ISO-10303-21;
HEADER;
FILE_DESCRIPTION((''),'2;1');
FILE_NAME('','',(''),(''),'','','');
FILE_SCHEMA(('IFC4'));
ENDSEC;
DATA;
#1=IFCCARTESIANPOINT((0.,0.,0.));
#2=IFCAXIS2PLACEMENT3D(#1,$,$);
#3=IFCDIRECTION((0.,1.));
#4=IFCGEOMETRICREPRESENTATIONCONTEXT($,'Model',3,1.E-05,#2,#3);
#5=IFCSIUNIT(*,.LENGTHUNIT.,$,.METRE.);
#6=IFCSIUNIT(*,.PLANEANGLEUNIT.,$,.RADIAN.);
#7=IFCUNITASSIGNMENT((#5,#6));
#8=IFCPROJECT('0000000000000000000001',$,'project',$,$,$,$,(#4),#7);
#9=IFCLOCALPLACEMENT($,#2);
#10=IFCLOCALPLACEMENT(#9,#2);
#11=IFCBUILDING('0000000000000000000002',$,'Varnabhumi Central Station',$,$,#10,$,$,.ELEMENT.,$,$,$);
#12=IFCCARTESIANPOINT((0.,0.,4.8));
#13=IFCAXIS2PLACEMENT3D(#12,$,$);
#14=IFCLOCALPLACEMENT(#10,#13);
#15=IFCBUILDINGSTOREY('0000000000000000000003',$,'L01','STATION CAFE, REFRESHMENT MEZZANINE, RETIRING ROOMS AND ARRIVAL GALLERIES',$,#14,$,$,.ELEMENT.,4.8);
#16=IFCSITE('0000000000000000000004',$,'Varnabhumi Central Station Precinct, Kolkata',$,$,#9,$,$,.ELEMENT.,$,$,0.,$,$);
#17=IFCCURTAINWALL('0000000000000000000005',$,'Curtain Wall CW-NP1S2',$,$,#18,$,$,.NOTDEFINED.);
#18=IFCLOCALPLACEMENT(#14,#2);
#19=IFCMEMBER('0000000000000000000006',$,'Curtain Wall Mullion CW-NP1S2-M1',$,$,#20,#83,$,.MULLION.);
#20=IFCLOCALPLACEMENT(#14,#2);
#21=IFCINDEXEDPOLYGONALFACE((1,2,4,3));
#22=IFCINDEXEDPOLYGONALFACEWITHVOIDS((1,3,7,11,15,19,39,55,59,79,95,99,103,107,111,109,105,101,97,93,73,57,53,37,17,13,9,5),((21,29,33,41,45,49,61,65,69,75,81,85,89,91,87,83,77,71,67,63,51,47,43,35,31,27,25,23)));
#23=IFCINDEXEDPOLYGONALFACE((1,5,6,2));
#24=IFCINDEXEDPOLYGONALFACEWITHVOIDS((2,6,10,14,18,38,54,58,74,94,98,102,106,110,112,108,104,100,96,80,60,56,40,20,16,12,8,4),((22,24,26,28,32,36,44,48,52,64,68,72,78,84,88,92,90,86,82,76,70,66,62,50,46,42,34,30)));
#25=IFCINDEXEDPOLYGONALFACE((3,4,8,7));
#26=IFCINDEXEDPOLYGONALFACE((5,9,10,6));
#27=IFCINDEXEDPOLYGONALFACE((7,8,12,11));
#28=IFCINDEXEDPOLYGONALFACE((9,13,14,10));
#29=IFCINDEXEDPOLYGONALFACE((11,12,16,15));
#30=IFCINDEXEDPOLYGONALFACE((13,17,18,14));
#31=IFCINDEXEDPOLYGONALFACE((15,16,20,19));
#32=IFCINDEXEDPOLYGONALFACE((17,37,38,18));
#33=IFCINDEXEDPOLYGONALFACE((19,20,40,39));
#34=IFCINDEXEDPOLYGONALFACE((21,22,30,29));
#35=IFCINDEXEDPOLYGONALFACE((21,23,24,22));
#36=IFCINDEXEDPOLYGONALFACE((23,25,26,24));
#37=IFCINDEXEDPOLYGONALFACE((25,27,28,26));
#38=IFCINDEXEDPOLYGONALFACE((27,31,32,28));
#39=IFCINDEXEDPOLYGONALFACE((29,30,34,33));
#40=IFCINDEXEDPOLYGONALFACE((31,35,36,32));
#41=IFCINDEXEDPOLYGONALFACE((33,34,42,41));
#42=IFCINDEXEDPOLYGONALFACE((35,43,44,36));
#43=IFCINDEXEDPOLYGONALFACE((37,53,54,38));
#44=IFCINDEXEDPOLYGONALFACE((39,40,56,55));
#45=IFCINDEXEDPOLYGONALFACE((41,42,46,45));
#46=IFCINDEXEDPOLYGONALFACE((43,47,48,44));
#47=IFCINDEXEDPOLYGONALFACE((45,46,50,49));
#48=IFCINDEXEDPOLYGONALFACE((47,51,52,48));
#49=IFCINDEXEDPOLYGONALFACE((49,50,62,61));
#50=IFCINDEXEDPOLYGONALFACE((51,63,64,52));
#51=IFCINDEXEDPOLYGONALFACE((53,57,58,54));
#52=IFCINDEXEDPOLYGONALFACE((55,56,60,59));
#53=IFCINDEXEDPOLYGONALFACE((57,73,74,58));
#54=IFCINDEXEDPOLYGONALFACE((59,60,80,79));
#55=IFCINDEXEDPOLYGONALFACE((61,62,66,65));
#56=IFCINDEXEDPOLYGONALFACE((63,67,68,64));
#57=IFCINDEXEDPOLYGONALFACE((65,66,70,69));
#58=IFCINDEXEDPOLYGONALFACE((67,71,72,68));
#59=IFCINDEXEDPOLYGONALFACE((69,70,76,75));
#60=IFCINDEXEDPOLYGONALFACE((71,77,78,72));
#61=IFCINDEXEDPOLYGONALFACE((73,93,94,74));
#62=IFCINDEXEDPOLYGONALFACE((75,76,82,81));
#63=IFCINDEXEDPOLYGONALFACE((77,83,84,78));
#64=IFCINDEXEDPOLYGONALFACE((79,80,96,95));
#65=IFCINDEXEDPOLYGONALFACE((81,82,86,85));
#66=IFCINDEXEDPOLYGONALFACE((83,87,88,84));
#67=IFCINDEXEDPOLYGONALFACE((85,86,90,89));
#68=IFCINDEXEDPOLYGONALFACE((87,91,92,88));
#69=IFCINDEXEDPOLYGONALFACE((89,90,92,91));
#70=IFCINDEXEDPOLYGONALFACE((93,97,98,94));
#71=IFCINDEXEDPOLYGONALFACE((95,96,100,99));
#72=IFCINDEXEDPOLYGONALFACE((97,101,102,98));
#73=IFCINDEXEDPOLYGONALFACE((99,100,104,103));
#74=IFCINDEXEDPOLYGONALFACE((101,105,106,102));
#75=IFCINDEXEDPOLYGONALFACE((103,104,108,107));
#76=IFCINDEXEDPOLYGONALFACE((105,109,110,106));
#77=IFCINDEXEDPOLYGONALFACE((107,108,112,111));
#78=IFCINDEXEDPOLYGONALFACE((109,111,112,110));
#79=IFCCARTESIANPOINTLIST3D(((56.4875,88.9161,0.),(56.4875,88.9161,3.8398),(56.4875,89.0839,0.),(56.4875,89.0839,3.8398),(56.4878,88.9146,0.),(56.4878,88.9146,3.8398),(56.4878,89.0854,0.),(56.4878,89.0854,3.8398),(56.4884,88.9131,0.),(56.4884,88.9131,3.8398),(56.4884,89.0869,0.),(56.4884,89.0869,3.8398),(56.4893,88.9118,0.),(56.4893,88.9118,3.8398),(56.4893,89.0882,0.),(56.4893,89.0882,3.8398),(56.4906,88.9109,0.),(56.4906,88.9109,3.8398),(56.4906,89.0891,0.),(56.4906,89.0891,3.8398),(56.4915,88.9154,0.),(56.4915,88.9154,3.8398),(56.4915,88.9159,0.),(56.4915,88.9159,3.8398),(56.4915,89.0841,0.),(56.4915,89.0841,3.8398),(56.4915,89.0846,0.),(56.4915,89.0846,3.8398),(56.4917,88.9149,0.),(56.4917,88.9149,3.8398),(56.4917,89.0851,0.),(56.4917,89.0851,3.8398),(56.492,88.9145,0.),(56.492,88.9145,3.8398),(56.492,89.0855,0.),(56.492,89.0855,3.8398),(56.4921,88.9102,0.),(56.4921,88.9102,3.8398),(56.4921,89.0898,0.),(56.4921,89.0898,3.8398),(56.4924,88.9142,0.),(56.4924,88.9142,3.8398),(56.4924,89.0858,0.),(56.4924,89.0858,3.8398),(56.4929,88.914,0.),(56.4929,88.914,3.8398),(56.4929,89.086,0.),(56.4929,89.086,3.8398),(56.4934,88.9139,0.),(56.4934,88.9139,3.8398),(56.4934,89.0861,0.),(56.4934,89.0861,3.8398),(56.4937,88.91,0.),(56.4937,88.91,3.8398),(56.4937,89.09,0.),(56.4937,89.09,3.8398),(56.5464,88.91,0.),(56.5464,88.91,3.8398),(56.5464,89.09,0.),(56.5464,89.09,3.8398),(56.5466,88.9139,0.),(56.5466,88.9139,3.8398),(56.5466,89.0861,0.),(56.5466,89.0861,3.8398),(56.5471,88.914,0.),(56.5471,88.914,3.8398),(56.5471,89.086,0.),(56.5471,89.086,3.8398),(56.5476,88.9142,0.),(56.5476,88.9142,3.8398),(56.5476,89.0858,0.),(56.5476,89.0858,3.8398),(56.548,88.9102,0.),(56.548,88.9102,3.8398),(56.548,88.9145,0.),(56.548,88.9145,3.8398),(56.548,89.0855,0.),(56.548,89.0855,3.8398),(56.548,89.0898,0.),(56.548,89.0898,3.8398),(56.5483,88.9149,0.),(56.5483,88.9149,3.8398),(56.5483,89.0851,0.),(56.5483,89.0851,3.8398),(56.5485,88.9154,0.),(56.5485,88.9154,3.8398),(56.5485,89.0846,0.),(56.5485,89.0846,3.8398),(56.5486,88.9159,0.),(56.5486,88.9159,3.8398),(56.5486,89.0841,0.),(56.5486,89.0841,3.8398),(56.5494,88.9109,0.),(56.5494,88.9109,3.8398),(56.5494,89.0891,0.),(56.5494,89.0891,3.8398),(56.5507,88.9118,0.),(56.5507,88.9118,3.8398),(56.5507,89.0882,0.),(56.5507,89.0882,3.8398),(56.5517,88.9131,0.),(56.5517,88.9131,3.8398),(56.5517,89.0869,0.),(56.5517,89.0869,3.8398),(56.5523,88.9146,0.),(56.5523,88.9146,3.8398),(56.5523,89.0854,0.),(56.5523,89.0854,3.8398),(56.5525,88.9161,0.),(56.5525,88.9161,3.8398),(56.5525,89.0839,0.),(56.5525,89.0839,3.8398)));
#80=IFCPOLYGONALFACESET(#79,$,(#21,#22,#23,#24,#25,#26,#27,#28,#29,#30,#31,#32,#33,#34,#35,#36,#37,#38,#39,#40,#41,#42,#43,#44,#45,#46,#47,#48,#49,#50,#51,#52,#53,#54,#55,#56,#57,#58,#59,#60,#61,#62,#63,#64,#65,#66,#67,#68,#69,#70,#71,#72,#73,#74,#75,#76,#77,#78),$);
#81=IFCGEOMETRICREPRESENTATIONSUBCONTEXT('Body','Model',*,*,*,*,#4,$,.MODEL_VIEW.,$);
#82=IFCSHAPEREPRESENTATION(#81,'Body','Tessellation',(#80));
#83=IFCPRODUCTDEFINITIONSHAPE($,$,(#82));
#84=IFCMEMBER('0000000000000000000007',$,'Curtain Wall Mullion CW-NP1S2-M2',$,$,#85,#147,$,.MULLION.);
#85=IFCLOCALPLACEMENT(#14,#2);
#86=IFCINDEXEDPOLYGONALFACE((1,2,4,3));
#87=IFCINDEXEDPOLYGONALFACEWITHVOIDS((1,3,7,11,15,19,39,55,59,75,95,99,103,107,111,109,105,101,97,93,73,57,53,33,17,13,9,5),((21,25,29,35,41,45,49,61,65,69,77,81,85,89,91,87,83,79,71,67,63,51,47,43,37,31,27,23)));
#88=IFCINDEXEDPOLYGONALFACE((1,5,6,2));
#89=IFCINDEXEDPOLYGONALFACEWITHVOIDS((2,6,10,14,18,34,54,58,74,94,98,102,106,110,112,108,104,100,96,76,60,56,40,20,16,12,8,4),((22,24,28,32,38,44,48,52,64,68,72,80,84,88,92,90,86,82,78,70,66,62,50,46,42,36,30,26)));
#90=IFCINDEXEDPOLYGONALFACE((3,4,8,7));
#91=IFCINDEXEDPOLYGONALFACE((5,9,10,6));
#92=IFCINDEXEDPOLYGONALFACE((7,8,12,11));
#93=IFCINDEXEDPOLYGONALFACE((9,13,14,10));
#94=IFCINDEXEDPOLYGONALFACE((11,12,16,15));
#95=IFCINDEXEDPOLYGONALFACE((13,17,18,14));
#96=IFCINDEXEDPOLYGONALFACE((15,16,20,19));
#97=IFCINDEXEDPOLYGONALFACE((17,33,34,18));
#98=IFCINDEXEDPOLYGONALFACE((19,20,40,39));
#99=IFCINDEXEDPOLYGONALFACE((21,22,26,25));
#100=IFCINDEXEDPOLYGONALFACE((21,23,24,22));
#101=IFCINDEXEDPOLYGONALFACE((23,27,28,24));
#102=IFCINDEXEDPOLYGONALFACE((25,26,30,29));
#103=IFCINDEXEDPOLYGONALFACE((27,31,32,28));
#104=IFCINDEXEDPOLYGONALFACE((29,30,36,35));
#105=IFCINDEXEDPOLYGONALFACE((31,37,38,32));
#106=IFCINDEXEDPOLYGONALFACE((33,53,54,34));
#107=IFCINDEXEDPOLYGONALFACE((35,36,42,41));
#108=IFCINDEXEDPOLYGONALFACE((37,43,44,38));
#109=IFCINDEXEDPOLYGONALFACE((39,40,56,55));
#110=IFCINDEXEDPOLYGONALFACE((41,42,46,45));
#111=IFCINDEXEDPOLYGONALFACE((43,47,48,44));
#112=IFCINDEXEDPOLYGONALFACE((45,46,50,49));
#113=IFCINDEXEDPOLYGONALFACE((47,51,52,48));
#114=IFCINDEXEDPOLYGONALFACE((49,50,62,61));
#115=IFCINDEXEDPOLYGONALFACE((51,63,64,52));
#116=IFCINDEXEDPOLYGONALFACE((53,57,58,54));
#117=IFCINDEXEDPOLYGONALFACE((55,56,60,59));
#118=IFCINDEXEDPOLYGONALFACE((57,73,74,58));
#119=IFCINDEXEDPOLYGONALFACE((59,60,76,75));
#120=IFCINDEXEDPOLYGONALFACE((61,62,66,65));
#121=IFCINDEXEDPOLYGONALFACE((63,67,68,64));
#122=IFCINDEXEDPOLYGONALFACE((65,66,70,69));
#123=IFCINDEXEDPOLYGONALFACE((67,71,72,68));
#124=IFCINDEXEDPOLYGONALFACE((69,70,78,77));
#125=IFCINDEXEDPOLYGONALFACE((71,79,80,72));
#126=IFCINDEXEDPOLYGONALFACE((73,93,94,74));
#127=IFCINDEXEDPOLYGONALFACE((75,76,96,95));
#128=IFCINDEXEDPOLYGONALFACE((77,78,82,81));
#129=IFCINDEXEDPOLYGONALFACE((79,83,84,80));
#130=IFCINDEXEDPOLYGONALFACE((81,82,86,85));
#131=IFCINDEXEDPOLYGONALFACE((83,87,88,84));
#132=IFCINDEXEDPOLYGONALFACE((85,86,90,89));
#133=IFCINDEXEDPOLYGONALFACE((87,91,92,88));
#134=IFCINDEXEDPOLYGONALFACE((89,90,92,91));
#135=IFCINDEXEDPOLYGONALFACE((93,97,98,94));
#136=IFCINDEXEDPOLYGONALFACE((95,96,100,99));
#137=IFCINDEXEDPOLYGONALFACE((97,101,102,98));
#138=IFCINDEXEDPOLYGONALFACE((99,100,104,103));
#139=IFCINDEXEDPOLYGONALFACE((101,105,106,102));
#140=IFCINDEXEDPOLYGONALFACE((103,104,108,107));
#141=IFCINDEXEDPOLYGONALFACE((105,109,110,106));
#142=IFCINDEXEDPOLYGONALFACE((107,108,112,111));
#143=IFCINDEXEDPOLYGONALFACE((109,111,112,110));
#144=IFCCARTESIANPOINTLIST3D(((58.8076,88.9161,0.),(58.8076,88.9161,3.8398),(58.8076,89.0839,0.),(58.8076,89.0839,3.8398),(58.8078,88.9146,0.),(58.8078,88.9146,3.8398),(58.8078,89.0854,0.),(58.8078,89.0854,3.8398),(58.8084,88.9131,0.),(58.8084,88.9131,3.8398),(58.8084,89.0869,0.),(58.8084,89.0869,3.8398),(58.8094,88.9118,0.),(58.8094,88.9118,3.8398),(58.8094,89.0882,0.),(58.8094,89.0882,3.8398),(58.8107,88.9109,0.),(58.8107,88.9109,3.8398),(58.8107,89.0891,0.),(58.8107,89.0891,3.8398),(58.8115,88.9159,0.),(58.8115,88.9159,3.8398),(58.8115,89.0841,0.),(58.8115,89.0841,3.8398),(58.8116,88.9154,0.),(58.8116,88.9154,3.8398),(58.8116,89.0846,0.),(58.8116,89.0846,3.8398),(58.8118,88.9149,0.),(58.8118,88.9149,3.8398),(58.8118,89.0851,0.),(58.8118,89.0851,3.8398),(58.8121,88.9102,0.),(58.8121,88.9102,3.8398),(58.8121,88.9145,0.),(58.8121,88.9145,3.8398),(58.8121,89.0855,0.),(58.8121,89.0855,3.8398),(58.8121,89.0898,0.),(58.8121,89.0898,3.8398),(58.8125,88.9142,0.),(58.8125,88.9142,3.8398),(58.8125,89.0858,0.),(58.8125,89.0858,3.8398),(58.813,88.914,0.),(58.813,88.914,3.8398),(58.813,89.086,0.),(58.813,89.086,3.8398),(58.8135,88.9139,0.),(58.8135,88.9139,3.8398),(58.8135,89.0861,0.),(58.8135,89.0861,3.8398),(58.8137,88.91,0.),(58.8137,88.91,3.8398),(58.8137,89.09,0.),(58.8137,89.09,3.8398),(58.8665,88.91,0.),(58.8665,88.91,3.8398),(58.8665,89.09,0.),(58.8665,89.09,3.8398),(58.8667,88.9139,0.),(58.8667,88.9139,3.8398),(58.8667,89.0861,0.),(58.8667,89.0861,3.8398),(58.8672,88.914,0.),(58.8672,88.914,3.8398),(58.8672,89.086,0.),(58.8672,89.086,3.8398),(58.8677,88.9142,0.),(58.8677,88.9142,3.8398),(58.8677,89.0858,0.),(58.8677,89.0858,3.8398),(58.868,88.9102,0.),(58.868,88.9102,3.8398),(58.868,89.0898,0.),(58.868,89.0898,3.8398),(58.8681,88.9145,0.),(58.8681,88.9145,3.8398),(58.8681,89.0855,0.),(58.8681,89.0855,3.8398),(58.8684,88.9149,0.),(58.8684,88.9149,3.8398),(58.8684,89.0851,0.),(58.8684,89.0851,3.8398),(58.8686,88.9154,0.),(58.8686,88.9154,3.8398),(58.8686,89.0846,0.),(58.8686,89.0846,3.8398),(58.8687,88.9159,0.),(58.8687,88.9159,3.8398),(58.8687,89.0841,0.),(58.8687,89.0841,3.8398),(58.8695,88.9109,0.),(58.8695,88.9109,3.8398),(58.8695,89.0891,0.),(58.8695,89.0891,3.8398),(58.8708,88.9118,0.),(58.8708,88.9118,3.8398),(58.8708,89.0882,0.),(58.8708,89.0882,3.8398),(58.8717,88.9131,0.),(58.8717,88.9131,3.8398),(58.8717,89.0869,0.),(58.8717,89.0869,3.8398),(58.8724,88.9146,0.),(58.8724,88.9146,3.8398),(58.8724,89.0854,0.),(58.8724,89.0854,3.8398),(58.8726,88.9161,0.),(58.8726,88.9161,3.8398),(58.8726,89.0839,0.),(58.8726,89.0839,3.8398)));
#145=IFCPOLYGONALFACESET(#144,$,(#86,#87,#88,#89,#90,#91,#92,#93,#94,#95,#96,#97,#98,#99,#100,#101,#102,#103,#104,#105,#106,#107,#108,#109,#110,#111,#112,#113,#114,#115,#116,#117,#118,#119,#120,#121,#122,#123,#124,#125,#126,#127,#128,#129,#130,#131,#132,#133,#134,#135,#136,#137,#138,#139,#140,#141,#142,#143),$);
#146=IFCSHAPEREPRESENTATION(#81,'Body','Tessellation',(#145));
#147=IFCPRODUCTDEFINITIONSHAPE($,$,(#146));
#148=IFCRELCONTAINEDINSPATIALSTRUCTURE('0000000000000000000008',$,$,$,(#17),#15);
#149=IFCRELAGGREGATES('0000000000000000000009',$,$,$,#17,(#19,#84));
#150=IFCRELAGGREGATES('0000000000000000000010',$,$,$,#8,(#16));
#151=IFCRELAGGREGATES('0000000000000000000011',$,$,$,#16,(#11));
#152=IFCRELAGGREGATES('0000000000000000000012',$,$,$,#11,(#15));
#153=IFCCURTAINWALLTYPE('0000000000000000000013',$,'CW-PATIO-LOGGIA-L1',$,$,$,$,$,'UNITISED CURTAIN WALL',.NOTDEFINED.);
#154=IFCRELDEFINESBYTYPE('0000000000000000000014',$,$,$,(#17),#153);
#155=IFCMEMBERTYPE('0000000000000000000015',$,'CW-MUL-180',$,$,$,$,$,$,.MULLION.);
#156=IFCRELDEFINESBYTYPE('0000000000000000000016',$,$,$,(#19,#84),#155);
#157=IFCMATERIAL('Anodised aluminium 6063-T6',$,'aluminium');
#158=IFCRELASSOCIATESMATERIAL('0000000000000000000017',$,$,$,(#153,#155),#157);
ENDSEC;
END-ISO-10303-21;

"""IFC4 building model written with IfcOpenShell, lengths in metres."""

from ifc_helpers import new_model, si_unit, direction, frame, origin, origin_2d, place, context, subcontext, project, spatial, hollow_rectangle, extrude, material, material_profile, profile_set, type_object, element, aggregate, save


model = new_model("IFC4")

# Units and contexts
model_context = context("Model", 3, precision=1e-05, world=origin(), true_north=direction((0.0, 1.0)))
body_context = subcontext(model_context, "Body", "Model", "MODEL_VIEW")
ifc_project = project(units=[si_unit("LENGTHUNIT", "METRE"), si_unit("PLANEANGLEUNIT", "RADIAN")], contexts=[model_context])

# Site, building, storey
site_placement = place(None, origin())
site = spatial("IfcSite", under=ifc_project, at=site_placement, Name="Varnabhumi Central Station Precinct, Kolkata", CompositionType="ELEMENT", RefElevation=0.0)
building_placement = place(site_placement, origin())
building = spatial("IfcBuilding", under=site, at=building_placement, Name="Varnabhumi Central Station", CompositionType="ELEMENT")
storey_placement = place(building_placement, frame((0.0, 0.0, 4.8)))
storey = spatial("IfcBuildingStorey", under=building, at=storey_placement, Name="L01", Description="STATION CAFE, REFRESHMENT MEZZANINE, RETIRING ROOMS AND ARRIVAL GALLERIES", CompositionType="ELEMENT", Elevation=4.8)

# Shared definitions
ifc_material_1 = material(Name="Anodised aluminium 6063-T6", Category="aluminium")
curtain_wall_type = type_object("IfcCurtainWallType", Name="CW-PATIO-LOGGIA-L1", ElementType="UNITISED CURTAIN WALL", PredefinedType="NOTDEFINED", material=ifc_material_1)
ifc_material_profile_1 = material_profile(ifc_material_1, hollow_rectangle(XDim=0.0649, YDim=0.1799, WallThickness=0.0039, InnerFilletRadius=0.002, OuterFilletRadius=0.0061, at=origin_2d()), Name="Anodised aluminium 6063-T6", Category="aluminium")
ifc_profile_set_1 = profile_set([ifc_material_profile_1], Name="Anodised aluminium 6063-T6")
member_type_1 = type_object("IfcMemberType", Name="CW-MUL-180", PredefinedType="MULLION", material=ifc_profile_set_1)

# Curtain wall, members
curtain_wall_1_placement = place(storey_placement, origin())
curtain_wall_1 = element("IfcCurtainWall", 1, at=curtain_wall_1_placement, inside=storey, type_object=curtain_wall_type, Name="Curtain Wall CW-NP1S2", PredefinedType="NOTDEFINED")
member_1_placement = place(storey_placement, frame((56.52, 89.0, 0.0), z_axis=(0.0, 0.0, 1.0), x_axis=(1.0, 0.0, 0.0)))
member_1 = element("IfcMember", 2, at=member_1_placement, type_object=member_type_1, Name="Curtain Wall Mullion CW-NP1S2-M1", PredefinedType="MULLION", context=body_context, shape_type="SweptSolid", body=[
    extrude(hollow_rectangle(XDim=0.0649, YDim=0.1799, WallThickness=0.0039, InnerFilletRadius=0.002, OuterFilletRadius=0.0061, at=origin_2d()), origin(), (0.0, 0.0, 1.0), 3.8398),
])
member_2_placement = place(storey_placement, frame((58.8401, 89.0, 0.0), z_axis=(0.0, 0.0, 1.0), x_axis=(1.0, 0.0, 0.0)))
member_2 = element("IfcMember", 3, at=member_2_placement, type_object=member_type_1, Name="Curtain Wall Mullion CW-NP1S2-M2", PredefinedType="MULLION", context=body_context, shape_type="SweptSolid", body=[
    extrude(hollow_rectangle(XDim=0.0649, YDim=0.1799, WallThickness=0.0039, InnerFilletRadius=0.002, OuterFilletRadius=0.0061, at=origin_2d()), origin(), (0.0, 0.0, 1.0), 3.8398),
])

aggregate(curtain_wall_1, [member_1, member_2])

save(model, "model.ifc")
